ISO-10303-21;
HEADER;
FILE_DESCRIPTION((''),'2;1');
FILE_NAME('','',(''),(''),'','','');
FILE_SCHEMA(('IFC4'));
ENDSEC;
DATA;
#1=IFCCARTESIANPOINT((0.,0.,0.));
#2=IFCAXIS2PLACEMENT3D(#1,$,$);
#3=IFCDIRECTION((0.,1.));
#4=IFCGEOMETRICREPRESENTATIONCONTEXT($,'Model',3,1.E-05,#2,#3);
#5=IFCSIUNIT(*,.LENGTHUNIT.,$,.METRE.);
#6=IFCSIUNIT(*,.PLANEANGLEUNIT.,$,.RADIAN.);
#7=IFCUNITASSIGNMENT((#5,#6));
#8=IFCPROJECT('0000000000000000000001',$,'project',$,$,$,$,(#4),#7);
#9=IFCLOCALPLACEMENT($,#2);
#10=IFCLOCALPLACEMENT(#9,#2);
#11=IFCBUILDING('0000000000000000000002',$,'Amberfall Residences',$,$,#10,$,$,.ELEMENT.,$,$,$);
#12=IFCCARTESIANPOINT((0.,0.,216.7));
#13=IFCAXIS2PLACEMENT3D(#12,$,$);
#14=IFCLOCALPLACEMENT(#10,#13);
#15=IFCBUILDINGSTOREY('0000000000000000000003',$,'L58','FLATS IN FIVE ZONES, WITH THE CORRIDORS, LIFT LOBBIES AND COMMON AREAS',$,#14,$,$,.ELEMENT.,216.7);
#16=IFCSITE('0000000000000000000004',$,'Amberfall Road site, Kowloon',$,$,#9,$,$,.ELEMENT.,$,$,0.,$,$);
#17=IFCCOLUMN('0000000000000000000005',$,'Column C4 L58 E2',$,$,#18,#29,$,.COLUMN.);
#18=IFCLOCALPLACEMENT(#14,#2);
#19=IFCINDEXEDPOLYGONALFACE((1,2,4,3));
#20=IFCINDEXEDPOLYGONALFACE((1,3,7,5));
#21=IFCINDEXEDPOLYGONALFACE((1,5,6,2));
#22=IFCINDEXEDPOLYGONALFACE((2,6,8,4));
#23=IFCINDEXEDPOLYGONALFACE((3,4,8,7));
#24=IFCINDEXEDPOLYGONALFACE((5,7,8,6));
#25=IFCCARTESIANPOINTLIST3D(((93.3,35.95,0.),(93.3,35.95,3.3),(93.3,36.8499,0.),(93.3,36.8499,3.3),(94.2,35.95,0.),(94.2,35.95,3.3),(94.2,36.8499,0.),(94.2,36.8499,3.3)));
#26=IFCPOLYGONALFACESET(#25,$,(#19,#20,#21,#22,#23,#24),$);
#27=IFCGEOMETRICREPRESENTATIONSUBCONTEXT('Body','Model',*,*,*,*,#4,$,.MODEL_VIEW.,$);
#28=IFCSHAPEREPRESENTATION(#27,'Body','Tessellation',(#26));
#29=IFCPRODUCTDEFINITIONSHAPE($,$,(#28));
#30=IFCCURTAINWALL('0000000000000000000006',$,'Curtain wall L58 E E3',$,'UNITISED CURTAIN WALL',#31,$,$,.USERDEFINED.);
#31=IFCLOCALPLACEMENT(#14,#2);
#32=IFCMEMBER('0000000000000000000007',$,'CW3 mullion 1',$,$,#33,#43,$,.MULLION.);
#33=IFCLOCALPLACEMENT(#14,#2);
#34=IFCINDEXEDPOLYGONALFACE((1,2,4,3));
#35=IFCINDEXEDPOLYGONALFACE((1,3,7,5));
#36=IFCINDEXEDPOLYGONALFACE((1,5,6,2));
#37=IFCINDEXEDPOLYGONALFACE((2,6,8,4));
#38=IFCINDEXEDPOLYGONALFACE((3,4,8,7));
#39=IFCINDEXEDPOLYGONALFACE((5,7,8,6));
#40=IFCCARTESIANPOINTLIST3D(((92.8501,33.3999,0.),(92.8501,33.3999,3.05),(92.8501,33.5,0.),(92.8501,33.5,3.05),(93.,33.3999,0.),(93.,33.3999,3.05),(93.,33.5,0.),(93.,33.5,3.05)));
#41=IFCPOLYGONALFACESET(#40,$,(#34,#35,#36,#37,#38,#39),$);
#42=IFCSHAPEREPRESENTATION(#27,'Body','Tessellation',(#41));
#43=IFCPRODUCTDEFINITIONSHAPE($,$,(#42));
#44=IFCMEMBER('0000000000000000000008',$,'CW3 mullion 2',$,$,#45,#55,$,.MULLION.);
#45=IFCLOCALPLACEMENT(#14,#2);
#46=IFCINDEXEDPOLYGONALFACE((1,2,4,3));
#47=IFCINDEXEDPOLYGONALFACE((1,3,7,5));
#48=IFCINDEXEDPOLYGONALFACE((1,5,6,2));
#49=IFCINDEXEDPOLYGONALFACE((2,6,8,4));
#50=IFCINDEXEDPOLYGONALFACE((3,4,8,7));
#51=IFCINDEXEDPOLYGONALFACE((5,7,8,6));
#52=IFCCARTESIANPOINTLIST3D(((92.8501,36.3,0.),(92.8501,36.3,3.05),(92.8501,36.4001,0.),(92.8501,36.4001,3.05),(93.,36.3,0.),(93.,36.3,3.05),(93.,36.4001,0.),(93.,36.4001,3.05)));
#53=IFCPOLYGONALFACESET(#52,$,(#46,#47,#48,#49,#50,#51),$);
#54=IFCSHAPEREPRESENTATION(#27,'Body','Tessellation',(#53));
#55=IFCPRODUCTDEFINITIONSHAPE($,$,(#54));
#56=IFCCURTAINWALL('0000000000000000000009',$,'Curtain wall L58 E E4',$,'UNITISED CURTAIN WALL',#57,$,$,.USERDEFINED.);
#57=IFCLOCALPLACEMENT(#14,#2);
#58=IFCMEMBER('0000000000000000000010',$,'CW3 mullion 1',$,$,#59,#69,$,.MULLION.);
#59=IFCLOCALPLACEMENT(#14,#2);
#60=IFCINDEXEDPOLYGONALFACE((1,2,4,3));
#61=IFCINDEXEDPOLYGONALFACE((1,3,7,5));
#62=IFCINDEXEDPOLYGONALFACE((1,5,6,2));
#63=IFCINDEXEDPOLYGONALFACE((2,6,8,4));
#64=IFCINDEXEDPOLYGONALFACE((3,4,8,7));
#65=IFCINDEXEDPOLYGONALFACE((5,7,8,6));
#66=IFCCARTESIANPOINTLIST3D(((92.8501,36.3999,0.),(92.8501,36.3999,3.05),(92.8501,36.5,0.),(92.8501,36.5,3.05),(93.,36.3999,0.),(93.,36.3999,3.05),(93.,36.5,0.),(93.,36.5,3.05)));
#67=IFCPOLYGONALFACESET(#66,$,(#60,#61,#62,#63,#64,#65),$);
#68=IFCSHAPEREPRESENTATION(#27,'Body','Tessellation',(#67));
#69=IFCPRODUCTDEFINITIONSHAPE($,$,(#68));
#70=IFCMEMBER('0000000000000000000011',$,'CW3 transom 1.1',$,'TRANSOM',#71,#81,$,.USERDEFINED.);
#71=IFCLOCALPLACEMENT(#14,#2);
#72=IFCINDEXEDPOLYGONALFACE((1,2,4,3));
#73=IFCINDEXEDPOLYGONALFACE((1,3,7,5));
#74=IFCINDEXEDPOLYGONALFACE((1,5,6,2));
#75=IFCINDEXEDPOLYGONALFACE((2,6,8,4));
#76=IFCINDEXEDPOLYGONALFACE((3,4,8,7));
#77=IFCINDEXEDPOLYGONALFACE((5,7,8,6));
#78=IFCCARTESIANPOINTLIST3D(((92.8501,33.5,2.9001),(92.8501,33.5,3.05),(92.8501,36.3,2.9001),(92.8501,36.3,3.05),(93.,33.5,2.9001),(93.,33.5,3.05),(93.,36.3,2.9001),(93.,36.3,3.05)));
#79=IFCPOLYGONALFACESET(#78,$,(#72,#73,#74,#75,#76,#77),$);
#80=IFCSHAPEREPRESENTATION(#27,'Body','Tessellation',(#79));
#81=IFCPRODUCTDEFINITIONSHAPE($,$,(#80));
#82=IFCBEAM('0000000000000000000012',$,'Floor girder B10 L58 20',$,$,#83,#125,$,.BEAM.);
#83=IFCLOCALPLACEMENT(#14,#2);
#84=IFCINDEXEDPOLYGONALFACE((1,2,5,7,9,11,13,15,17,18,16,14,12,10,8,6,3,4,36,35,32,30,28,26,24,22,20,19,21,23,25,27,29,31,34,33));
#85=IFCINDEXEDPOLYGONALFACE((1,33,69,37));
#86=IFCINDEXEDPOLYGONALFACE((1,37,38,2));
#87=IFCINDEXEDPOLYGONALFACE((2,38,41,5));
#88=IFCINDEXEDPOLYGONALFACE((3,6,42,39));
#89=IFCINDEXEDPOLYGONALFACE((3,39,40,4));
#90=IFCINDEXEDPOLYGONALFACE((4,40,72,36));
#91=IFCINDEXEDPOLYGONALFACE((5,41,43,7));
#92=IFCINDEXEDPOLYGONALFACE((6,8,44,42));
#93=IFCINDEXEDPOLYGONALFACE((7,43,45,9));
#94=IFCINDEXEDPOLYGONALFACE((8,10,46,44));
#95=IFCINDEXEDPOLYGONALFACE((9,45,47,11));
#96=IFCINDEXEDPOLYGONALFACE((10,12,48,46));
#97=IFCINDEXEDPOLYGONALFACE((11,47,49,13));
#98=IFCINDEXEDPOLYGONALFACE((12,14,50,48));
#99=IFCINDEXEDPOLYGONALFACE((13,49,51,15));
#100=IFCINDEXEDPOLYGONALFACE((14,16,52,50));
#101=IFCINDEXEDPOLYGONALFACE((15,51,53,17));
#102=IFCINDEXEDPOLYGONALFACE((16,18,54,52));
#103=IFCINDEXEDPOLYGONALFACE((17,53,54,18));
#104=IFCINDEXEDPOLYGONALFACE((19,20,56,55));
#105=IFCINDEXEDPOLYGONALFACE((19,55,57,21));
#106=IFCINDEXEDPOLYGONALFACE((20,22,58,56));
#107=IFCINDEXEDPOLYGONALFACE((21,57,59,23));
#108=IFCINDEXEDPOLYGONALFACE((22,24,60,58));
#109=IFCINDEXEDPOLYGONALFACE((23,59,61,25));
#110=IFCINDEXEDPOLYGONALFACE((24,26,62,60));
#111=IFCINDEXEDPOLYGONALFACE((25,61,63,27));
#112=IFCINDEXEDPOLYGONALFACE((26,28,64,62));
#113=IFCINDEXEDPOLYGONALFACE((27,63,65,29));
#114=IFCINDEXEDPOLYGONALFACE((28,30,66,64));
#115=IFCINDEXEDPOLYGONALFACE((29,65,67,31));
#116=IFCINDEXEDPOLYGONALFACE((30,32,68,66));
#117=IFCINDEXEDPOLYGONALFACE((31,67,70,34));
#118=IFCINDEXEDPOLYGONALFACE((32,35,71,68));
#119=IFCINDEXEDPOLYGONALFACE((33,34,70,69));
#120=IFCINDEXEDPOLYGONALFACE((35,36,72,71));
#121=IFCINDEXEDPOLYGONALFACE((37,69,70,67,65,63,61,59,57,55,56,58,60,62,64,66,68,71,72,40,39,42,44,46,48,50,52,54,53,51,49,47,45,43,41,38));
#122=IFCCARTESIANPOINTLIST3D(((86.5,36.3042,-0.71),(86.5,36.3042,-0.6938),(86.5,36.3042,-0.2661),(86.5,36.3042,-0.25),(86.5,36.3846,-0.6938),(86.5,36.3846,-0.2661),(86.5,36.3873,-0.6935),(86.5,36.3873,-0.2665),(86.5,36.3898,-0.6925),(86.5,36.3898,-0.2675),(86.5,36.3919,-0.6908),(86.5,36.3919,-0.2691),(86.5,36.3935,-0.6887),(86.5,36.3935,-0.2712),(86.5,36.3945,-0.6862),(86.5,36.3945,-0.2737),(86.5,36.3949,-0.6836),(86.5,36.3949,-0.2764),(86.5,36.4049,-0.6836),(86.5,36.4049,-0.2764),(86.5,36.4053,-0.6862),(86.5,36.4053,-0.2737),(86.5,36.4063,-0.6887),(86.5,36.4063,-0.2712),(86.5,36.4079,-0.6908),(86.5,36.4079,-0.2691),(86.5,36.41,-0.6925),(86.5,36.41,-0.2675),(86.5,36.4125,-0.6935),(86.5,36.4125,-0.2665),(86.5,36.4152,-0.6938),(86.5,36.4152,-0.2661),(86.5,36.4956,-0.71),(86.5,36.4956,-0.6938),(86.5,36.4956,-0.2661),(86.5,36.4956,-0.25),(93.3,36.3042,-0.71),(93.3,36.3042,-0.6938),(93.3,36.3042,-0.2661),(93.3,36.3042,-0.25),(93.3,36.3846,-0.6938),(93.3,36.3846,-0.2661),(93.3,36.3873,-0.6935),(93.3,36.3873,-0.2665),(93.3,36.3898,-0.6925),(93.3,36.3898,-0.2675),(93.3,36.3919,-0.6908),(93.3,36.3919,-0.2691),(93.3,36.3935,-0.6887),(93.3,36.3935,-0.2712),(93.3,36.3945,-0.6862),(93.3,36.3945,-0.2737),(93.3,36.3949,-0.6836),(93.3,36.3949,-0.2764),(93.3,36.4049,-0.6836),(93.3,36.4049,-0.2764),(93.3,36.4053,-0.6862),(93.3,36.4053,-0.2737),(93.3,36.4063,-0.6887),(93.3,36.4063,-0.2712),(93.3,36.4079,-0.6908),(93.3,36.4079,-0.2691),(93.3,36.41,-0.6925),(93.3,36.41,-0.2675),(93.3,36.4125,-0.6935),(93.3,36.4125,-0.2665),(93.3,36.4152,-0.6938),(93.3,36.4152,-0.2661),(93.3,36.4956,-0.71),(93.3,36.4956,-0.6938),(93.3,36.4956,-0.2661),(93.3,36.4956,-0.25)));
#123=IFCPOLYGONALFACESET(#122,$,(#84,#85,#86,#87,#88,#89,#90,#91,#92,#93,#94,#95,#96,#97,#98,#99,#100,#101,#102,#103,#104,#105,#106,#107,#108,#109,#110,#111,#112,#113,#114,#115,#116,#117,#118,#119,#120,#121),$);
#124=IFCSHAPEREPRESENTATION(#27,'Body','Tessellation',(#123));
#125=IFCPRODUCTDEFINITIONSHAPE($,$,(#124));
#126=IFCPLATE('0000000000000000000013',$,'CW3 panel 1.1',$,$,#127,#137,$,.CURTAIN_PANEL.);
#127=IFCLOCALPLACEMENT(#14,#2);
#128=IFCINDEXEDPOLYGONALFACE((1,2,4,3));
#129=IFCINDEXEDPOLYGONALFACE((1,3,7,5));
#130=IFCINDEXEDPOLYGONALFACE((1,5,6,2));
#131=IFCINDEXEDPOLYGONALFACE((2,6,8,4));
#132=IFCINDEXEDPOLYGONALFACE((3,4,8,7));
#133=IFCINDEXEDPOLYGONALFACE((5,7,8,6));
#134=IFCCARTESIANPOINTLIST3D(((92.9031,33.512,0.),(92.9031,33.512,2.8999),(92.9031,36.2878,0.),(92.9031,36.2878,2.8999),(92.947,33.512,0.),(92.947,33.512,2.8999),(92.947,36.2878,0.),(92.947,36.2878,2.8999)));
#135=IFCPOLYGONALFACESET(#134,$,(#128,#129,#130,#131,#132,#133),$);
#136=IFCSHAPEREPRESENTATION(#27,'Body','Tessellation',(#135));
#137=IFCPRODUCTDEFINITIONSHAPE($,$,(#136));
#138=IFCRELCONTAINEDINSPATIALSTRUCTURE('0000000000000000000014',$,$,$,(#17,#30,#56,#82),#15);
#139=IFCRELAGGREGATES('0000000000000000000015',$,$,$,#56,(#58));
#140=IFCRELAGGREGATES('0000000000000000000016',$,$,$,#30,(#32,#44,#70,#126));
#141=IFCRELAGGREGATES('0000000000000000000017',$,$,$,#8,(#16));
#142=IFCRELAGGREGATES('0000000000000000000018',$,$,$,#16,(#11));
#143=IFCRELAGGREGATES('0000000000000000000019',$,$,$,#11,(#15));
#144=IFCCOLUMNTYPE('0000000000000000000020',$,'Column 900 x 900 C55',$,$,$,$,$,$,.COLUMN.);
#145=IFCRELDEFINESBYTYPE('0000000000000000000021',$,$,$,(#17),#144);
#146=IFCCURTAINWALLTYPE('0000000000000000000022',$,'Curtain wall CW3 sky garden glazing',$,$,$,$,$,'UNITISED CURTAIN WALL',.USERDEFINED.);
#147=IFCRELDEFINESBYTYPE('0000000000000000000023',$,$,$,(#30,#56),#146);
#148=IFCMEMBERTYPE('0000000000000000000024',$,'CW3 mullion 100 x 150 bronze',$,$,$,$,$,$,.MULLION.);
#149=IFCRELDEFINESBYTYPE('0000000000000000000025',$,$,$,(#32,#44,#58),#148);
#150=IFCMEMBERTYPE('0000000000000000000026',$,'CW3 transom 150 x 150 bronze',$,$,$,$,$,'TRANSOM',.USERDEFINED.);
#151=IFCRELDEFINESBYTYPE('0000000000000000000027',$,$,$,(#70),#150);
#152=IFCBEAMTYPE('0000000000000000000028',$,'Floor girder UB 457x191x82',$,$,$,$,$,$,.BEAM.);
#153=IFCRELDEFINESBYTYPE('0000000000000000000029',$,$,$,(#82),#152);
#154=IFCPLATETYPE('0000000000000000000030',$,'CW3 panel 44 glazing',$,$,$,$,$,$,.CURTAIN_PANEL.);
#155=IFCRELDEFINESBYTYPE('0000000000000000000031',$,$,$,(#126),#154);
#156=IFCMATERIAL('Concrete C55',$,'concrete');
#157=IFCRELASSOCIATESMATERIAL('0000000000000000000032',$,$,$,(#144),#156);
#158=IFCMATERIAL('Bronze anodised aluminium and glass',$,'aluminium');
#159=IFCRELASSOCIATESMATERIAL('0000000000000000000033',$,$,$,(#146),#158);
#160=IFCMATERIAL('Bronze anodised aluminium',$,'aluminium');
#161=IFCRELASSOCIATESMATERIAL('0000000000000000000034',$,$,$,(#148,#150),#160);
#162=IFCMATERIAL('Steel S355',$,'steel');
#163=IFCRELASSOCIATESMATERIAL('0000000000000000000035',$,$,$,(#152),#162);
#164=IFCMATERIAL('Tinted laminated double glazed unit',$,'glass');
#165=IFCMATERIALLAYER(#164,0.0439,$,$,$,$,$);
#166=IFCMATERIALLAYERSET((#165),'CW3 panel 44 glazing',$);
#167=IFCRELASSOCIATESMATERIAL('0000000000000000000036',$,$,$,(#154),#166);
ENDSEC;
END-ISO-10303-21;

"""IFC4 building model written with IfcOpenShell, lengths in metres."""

from ifc_helpers import new_model, si_unit, direction, frame, origin, origin_2d, place, context, subcontext, project, spatial, rectangle, i_section, extrude, material, layer, layer_set, material_profile, profile_set, type_object, element, aggregate, save


model = new_model("IFC4")

# Units and contexts
model_context = context("Model", 3, precision=1e-05, world=origin(), true_north=direction((0.0, 1.0)))
body_context = subcontext(model_context, "Body", "Model", "MODEL_VIEW")
ifc_project = project(units=[si_unit("LENGTHUNIT", "METRE"), si_unit("PLANEANGLEUNIT", "RADIAN")], contexts=[model_context])

# Site, building, storey
site_placement = place(None, origin())
site = spatial("IfcSite", under=ifc_project, at=site_placement, Name="Amberfall Road site, Kowloon", CompositionType="ELEMENT", RefElevation=0.0)
building_placement = place(site_placement, origin())
building = spatial("IfcBuilding", under=site, at=building_placement, Name="Amberfall Residences", CompositionType="ELEMENT")
storey_placement = place(building_placement, frame((0.0, 0.0, 216.7)))
storey = spatial("IfcBuildingStorey", under=building, at=storey_placement, Name="L58", Description="FLATS IN FIVE ZONES, WITH THE CORRIDORS, LIFT LOBBIES AND COMMON AREAS", CompositionType="ELEMENT", Elevation=216.7)

# Column
ifc_material_1 = material(Name="Concrete C55", Category="concrete")
ifc_material_profile_1 = material_profile(ifc_material_1, rectangle(XDim=0.8999, YDim=0.8999, at=origin_2d()), Name="Column 900 x 900 C55")
ifc_profile_set_1 = profile_set([ifc_material_profile_1], Name="Concrete C55")
column_type = type_object("IfcColumnType", Name="Column 900 x 900 C55", PredefinedType="COLUMN", material=ifc_profile_set_1)
column_placement = place(storey_placement, frame((93.75, 36.3999, 0.0), z_axis=(0.0, 0.0, 1.0), x_axis=(1.0, 0.0, 0.0)))
element("IfcColumn", 1, at=column_placement, inside=storey, type_object=column_type, Name="Column C4 L58 E2", PredefinedType="COLUMN", context=body_context, shape_type="SweptSolid", body=[
    extrude(rectangle(XDim=0.8999, YDim=0.8999, at=origin_2d()), origin(), (0.0, 0.0, 1.0), 3.3),
])

# Curtain wall, members
ifc_material_2 = material(Name="Bronze anodised aluminium and glass", Category="aluminium")
curtain_wall_type = type_object("IfcCurtainWallType", Name="Curtain wall CW3 sky garden glazing", ElementType="UNITISED CURTAIN WALL", PredefinedType="USERDEFINED", material=ifc_material_2)
curtain_wall_1_placement = place(storey_placement, origin())
curtain_wall_1 = element("IfcCurtainWall", 2, at=curtain_wall_1_placement, inside=storey, type_object=curtain_wall_type, Name="Curtain wall L58 E E3", ObjectType="UNITISED CURTAIN WALL", PredefinedType="USERDEFINED")
ifc_material_3 = material(Name="Bronze anodised aluminium", Category="aluminium")
ifc_material_profile_2 = material_profile(ifc_material_3, rectangle(XDim=0.1499, YDim=0.1001, at=origin_2d()), Name="CW3 mullion 100 x 150 bronze")
ifc_profile_set_2 = profile_set([ifc_material_profile_2], Name="Bronze anodised aluminium")
member_type_1 = type_object("IfcMemberType", Name="CW3 mullion 100 x 150 bronze", PredefinedType="MULLION", material=ifc_profile_set_2)
member_1_placement = place(storey_placement, frame((92.925, 33.45, 0.0), z_axis=(0.0, 0.0, 1.0), x_axis=(-1.0, 0.0, 0.0)))
member_1 = element("IfcMember", 3, at=member_1_placement, type_object=member_type_1, Name="CW3 mullion 1", PredefinedType="MULLION", context=body_context, shape_type="SweptSolid", body=[
    extrude(rectangle(XDim=0.1499, YDim=0.1001, at=origin_2d()), origin(), (0.0, 0.0, 1.0), 3.05),
])
member_2_placement = place(storey_placement, frame((92.925, 36.3501, 0.0), z_axis=(0.0, 0.0, 1.0), x_axis=(-1.0, 0.0, 0.0)))
member_2 = element("IfcMember", 4, at=member_2_placement, type_object=member_type_1, Name="CW3 mullion 2", PredefinedType="MULLION", context=body_context, shape_type="SweptSolid", body=[
    extrude(rectangle(XDim=0.1499, YDim=0.1001, at=origin_2d()), origin(), (0.0, 0.0, 1.0), 3.05),
])

# Curtain wall, member
curtain_wall_2_placement = place(storey_placement, origin())
curtain_wall_2 = element("IfcCurtainWall", 5, at=curtain_wall_2_placement, inside=storey, type_object=curtain_wall_type, Name="Curtain wall L58 E E4", ObjectType="UNITISED CURTAIN WALL", PredefinedType="USERDEFINED")
member_3_placement = place(storey_placement, frame((92.925, 36.45, 0.0), z_axis=(0.0, 0.0, 1.0), x_axis=(-1.0, 0.0, 0.0)))
member_3 = element("IfcMember", 6, at=member_3_placement, type_object=member_type_1, Name="CW3 mullion 1", PredefinedType="MULLION", context=body_context, shape_type="SweptSolid", body=[
    extrude(rectangle(XDim=0.1499, YDim=0.1001, at=origin_2d()), origin(), (0.0, 0.0, 1.0), 3.05),
])
aggregate(curtain_wall_2, [member_3])

# Member
ifc_material_profile_3 = material_profile(ifc_material_3, rectangle(XDim=0.1499, YDim=0.1499, at=origin_2d()), Name="CW3 transom 150 x 150 bronze")
ifc_profile_set_3 = profile_set([ifc_material_profile_3], Name="Bronze anodised aluminium")
member_type_2 = type_object("IfcMemberType", Name="CW3 transom 150 x 150 bronze", ElementType="TRANSOM", PredefinedType="USERDEFINED", material=ifc_profile_set_3)
member_4_placement = place(storey_placement, frame((92.925, 33.5, 2.9751), z_axis=(0.0, 1.0, 0.0), x_axis=(-1.0, 0.0, 0.0)))
member_4 = element("IfcMember", 7, at=member_4_placement, type_object=member_type_2, Name="CW3 transom 1.1", ObjectType="TRANSOM", PredefinedType="USERDEFINED", context=body_context, shape_type="SweptSolid", body=[
    extrude(rectangle(XDim=0.1499, YDim=0.1499, at=origin_2d()), origin(), (0.0, 0.0, 1.0), 2.8),
])

# Beam
ifc_material_4 = material(Name="Steel S355", Category="steel")
ifc_material_profile_4 = material_profile(ifc_material_4, i_section(OverallWidth=0.1914, OverallDepth=0.46, WebThickness=0.01, FlangeThickness=0.0161, FilletRadius=0.0103, at=origin_2d()), Name="UB 457x191x82")
ifc_profile_set_4 = profile_set([ifc_material_profile_4], Name="Steel S355")
beam_type = type_object("IfcBeamType", Name="Floor girder UB 457x191x82", PredefinedType="BEAM", material=ifc_profile_set_4)
beam_placement = place(storey_placement, frame((93.3, 36.3999, -0.48), z_axis=(-1.0, 0.0, 0.0), x_axis=(0.0, -1.0, 0.0)))
element("IfcBeam", 8, at=beam_placement, inside=storey, type_object=beam_type, Name="Floor girder B10 L58 20", PredefinedType="BEAM", context=body_context, shape_type="SweptSolid", body=[
    extrude(i_section(OverallWidth=0.1914, OverallDepth=0.46, WebThickness=0.01, FlangeThickness=0.0161, FilletRadius=0.0103, at=origin_2d()), origin(), (0.0, 0.0, 1.0), 6.8),
])

# Plate
ifc_material_5 = material(Name="Tinted laminated double glazed unit", Category="glass")
ifc_layer_1 = layer(ifc_material_5, 0.0439)
ifc_layer_set_1 = layer_set([ifc_layer_1], Name="CW3 panel 44 glazing")
plate_type = type_object("IfcPlateType", Name="CW3 panel 44 glazing", PredefinedType="CURTAIN_PANEL", material=ifc_layer_set_1)
plate_placement = place(storey_placement, frame((92.925, 34.8999, 0.0), z_axis=(0.0, 0.0, 1.0), x_axis=(0.0, 1.0, 0.0)))
plate = element("IfcPlate", 9, at=plate_placement, type_object=plate_type, Name="CW3 panel 1.1", PredefinedType="CURTAIN_PANEL", context=body_context, shape_type="SweptSolid", body=[
    extrude(rectangle(XDim=2.7759, YDim=0.0439, at=origin_2d()), origin(), (0.0, 0.0, 1.0), 2.8999),
])
aggregate(curtain_wall_1, [member_1, member_2, member_4, plate])

save(model, "model.ifc")
